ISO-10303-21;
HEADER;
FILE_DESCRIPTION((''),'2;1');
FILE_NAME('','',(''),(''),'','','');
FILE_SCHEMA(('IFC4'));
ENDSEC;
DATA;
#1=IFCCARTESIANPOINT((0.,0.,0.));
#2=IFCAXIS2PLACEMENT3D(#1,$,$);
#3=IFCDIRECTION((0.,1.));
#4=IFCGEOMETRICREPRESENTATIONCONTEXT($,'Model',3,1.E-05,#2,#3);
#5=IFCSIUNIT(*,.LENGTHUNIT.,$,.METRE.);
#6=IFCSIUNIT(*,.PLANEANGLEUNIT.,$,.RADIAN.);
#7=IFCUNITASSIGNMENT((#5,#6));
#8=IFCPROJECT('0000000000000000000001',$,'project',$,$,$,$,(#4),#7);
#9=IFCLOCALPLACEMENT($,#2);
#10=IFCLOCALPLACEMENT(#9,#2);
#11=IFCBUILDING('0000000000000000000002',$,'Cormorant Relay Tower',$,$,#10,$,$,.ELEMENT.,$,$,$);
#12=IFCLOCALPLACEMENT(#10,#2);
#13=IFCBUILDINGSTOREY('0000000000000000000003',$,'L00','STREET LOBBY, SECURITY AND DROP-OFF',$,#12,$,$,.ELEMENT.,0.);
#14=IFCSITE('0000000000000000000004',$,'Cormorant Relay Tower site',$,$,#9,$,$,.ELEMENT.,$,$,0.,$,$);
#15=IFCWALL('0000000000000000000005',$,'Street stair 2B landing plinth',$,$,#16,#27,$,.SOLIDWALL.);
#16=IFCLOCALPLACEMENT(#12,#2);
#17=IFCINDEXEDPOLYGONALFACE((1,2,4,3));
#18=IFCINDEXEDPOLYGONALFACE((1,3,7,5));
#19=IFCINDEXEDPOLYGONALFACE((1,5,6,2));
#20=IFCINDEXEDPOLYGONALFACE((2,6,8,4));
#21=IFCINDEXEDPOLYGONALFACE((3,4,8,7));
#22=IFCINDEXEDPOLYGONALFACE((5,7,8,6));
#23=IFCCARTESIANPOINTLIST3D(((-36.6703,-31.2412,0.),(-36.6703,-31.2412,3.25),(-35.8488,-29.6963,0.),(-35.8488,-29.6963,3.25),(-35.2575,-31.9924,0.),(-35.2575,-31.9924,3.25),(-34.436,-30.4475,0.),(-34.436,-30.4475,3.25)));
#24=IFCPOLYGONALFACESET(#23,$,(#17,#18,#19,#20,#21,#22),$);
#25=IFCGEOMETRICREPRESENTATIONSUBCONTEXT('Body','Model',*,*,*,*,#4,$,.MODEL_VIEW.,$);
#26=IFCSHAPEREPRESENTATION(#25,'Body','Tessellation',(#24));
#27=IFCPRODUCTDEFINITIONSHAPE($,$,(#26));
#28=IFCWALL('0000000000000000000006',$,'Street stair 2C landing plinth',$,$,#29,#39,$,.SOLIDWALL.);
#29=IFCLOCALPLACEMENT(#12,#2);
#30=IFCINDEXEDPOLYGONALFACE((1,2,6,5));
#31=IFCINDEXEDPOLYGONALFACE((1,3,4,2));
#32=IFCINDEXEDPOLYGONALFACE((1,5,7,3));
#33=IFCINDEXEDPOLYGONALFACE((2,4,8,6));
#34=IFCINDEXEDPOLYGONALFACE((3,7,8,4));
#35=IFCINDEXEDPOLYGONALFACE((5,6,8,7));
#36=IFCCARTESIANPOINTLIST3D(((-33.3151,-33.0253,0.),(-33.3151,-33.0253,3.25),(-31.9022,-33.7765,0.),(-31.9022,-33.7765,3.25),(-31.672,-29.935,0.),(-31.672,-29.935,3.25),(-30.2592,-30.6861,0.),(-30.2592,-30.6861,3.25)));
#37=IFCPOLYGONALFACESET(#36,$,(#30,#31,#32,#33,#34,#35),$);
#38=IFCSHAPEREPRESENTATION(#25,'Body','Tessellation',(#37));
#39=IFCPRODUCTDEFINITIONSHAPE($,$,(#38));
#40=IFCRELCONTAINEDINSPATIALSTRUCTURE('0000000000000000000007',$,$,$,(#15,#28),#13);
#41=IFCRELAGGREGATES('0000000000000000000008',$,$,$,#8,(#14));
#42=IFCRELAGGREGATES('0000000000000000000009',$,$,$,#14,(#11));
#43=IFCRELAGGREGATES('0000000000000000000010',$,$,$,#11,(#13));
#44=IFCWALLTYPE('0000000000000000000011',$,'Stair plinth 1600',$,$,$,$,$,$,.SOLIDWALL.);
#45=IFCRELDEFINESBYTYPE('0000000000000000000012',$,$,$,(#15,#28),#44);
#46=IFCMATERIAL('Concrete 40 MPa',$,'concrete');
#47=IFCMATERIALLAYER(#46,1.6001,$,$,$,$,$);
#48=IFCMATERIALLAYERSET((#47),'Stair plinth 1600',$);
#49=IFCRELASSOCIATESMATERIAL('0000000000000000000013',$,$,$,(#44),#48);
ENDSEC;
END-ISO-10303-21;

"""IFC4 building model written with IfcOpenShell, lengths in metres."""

from ifc_helpers import new_model, si_unit, direction, frame, frame_2d, origin, place, context, subcontext, project, spatial, rectangle, extrude, material, layer, layer_set, type_object, element, save


model = new_model("IFC4")

# Units and contexts
model_context = context("Model", 3, precision=1e-05, world=origin(), true_north=direction((0.0, 1.0)))
body_context = subcontext(model_context, "Body", "Model", "MODEL_VIEW")
ifc_project = project(units=[si_unit("LENGTHUNIT", "METRE"), si_unit("PLANEANGLEUNIT", "RADIAN")], contexts=[model_context])

# Site, building, storey
site_placement = place(None, origin())
site = spatial("IfcSite", under=ifc_project, at=site_placement, Name="Cormorant Relay Tower site", CompositionType="ELEMENT", RefElevation=0.0)
building_placement = place(site_placement, origin())
building = spatial("IfcBuilding", under=site, at=building_placement, Name="Cormorant Relay Tower", CompositionType="ELEMENT")
storey_placement = place(building_placement, origin())
storey = spatial("IfcBuildingStorey", under=building, at=storey_placement, Name="L00", Description="STREET LOBBY, SECURITY AND DROP-OFF", CompositionType="ELEMENT", Elevation=0.0)

# Walls
ifc_material_1 = material(Name="Concrete 40 MPa", Category="concrete")
ifc_layer_1 = layer(ifc_material_1, 1.6001)
ifc_layer_set_1 = layer_set([ifc_layer_1], Name="Stair plinth 1600")
wall_type_1 = type_object("IfcWallType", Name="Stair plinth 1600", PredefinedType="SOLIDWALL", material=ifc_layer_set_1)
wall_1_placement = place(storey_placement, frame((-35.1423, -30.0718, 0.0), z_axis=(0.0, 0.0, 1.0), x_axis=(-0.469509, -0.882928, 0.0)))
element("IfcWall", 1, at=wall_1_placement, inside=storey, type_object=wall_type_1, Name="Street stair 2B landing plinth", PredefinedType="SOLIDWALL", context=body_context, shape_type="SweptSolid", body=[
    extrude(rectangle(XDim=1.7498, YDim=1.6001, at=frame_2d((0.875, 0.0))), origin(), (0.0, 0.0, 1.0), 3.25),
])
wall_2_placement = place(storey_placement, frame((-30.9656, -30.3105, 0.0), z_axis=(0.0, 0.0, 1.0), x_axis=(-0.469451, -0.882959, 0.0)))
element("IfcWall", 2, at=wall_2_placement, inside=storey, type_object=wall_type_1, Name="Street stair 2C landing plinth", PredefinedType="SOLIDWALL", context=body_context, shape_type="SweptSolid", body=[
    extrude(rectangle(XDim=3.5, YDim=1.6001, at=frame_2d((1.75, 0.0))), origin(), (0.0, 0.0, 1.0), 3.25),
])

save(model, "model.ifc")
